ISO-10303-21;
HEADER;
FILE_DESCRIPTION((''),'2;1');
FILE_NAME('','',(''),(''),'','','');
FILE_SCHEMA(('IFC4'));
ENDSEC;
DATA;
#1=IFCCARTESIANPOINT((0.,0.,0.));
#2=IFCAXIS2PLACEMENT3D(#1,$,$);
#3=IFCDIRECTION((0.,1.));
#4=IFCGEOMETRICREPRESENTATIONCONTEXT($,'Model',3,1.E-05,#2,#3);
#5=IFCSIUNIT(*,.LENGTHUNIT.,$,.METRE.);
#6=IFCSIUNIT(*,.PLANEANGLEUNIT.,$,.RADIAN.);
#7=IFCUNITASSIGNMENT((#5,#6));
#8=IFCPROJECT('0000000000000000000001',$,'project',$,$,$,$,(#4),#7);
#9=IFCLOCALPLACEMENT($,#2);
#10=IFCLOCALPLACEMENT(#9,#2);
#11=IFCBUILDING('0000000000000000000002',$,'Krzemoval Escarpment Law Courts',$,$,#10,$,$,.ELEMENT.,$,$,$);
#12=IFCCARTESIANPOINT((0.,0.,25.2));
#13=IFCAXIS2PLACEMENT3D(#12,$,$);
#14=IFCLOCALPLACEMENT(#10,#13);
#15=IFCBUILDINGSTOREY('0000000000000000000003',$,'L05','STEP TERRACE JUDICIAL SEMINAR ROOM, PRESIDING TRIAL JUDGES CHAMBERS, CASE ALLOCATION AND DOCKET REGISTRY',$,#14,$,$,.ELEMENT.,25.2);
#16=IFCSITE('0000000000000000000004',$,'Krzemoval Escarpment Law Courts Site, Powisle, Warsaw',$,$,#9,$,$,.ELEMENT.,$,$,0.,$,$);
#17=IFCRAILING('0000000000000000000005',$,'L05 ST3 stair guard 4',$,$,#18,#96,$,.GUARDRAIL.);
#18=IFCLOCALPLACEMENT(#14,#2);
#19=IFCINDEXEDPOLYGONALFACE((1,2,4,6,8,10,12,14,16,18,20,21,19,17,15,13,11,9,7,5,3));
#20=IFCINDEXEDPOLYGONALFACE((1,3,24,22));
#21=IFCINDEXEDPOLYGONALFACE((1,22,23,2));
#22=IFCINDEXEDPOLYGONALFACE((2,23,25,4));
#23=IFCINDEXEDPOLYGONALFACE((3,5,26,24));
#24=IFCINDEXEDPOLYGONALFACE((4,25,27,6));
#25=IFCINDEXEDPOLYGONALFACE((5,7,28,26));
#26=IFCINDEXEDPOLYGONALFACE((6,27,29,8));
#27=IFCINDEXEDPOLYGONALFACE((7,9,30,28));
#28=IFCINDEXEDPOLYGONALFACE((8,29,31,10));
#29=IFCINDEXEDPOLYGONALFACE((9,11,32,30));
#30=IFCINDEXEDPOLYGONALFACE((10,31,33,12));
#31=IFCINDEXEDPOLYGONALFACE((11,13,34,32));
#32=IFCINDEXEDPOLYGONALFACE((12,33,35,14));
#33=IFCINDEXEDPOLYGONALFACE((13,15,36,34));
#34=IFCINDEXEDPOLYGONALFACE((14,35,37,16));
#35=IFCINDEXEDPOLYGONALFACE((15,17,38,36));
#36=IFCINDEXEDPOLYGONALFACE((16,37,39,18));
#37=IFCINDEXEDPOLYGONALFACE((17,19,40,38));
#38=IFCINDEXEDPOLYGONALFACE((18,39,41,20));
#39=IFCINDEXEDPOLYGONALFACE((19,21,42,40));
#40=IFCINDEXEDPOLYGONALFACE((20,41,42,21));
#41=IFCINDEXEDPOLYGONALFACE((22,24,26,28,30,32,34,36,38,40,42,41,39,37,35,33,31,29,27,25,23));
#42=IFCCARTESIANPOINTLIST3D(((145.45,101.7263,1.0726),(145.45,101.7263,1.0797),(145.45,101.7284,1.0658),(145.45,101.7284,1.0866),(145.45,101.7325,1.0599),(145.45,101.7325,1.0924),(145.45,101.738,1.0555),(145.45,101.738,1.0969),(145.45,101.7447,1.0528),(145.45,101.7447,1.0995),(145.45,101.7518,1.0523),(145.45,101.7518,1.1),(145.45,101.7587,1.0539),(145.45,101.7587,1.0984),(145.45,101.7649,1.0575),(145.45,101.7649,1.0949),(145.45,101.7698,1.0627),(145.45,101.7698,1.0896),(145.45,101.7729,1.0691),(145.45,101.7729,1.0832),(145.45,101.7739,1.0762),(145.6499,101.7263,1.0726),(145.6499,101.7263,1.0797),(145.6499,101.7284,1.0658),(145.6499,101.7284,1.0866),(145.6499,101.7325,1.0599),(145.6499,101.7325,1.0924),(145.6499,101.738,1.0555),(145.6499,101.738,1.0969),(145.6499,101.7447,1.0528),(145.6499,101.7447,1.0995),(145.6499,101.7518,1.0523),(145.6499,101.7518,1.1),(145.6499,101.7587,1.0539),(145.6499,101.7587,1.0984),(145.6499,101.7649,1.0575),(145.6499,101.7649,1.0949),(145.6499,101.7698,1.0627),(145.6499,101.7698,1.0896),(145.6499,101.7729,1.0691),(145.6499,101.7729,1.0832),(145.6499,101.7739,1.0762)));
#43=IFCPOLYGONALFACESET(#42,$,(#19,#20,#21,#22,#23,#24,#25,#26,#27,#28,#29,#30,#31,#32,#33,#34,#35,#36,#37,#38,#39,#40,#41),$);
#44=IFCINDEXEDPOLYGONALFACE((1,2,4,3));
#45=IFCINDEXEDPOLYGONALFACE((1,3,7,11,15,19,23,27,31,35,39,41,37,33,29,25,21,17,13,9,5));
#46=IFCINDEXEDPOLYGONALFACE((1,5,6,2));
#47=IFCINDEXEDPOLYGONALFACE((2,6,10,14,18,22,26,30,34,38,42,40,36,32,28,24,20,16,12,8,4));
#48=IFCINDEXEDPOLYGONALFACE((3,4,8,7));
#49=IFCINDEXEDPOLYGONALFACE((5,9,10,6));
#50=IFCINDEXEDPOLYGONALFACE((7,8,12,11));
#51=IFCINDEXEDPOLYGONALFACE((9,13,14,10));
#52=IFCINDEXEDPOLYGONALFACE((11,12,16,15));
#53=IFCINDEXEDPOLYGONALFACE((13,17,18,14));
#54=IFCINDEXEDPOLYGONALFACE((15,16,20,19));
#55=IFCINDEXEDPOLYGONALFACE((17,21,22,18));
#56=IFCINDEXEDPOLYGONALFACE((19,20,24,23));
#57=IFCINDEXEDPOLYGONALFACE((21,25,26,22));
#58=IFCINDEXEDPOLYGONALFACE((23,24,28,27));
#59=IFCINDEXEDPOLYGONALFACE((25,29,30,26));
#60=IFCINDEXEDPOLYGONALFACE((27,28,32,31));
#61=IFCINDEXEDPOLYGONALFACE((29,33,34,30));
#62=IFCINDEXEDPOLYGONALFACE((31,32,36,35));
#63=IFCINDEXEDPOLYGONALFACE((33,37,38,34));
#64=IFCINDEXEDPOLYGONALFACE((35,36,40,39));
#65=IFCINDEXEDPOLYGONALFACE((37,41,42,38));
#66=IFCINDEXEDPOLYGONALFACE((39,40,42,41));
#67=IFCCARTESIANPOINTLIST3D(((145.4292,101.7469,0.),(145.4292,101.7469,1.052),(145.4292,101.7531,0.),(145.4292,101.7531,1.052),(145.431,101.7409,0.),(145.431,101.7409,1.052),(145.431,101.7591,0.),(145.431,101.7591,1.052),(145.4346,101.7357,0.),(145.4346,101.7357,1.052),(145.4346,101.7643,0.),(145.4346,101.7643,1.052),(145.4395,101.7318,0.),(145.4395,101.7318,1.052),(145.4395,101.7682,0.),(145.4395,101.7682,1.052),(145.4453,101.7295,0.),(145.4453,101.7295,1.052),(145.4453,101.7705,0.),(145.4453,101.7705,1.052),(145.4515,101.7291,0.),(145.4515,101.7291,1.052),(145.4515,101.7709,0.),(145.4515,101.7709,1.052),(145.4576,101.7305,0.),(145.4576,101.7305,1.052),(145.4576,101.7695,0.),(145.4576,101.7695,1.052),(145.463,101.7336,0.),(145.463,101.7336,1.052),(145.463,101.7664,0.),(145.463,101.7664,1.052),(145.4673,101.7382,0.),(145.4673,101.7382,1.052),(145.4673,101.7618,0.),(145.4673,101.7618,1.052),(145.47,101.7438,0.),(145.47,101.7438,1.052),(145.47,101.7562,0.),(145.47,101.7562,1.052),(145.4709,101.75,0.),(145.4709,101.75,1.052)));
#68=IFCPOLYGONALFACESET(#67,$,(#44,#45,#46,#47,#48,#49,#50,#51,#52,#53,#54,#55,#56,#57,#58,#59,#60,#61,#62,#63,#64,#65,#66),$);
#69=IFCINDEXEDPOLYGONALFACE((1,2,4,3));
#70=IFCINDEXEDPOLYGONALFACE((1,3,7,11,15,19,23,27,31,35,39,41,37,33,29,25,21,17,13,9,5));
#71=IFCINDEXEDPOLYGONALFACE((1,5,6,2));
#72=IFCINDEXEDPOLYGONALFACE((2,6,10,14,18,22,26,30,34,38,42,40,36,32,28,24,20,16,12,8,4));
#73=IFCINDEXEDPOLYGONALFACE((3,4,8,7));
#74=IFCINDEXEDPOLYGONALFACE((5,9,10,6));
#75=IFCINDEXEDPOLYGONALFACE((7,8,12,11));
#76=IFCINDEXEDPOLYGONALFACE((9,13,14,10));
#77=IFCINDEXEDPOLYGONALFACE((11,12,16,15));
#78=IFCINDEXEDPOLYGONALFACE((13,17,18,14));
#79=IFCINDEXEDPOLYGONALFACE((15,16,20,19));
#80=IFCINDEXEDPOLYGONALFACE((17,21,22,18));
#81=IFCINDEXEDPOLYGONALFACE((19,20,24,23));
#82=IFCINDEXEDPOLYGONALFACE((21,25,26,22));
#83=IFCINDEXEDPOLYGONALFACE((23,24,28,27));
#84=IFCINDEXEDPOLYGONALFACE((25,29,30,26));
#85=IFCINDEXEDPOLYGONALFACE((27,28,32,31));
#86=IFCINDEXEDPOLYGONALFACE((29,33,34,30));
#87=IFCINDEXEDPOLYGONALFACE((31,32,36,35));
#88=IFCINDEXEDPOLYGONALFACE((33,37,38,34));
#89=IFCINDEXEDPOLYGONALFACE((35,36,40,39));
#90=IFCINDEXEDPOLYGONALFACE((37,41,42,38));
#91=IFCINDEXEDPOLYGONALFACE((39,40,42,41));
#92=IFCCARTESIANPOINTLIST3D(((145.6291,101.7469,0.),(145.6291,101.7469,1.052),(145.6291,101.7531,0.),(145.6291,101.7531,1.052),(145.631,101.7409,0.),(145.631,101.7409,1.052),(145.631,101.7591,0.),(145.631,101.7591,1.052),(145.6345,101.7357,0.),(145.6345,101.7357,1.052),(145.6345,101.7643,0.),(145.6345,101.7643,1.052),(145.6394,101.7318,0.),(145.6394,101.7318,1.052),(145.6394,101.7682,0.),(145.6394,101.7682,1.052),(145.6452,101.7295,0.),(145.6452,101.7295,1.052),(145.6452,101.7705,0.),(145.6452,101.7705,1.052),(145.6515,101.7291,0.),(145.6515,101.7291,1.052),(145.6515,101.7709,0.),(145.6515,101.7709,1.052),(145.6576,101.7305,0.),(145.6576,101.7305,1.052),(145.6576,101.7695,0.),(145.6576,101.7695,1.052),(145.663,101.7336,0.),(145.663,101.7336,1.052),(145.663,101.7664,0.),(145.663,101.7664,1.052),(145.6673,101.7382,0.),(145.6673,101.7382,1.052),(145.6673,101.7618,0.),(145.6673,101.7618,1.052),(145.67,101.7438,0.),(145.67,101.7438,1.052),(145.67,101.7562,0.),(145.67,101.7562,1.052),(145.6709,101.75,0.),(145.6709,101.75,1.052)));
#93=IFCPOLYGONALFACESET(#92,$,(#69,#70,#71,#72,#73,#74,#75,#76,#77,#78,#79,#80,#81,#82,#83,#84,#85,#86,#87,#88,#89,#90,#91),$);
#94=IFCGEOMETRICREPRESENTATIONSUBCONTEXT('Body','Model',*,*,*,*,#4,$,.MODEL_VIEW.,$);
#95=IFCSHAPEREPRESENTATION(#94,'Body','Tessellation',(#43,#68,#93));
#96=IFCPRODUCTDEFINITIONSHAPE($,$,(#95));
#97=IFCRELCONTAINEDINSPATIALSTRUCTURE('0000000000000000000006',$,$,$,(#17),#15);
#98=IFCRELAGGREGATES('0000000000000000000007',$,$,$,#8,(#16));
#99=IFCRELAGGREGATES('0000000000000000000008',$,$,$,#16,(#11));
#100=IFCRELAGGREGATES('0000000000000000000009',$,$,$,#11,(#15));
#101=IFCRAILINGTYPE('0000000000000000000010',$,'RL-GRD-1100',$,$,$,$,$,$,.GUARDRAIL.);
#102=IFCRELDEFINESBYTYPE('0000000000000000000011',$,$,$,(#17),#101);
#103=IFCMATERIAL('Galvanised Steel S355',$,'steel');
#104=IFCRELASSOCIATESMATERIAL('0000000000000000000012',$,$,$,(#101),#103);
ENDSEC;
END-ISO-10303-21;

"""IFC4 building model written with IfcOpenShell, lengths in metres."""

from ifc_helpers import new_model, si_unit, direction, frame, origin, origin_2d, place, context, subcontext, project, spatial, circle, extrude, material, type_object, element, save


model = new_model("IFC4")

# Units and contexts
model_context = context("Model", 3, precision=1e-05, world=origin(), true_north=direction((0.0, 1.0)))
body_context = subcontext(model_context, "Body", "Model", "MODEL_VIEW")
ifc_project = project(units=[si_unit("LENGTHUNIT", "METRE"), si_unit("PLANEANGLEUNIT", "RADIAN")], contexts=[model_context])

# Site, building, storey
site_placement = place(None, origin())
site = spatial("IfcSite", under=ifc_project, at=site_placement, Name="Krzemoval Escarpment Law Courts Site, Powisle, Warsaw", CompositionType="ELEMENT", RefElevation=0.0)
building_placement = place(site_placement, origin())
building = spatial("IfcBuilding", under=site, at=building_placement, Name="Krzemoval Escarpment Law Courts", CompositionType="ELEMENT")
storey_placement = place(building_placement, frame((0.0, 0.0, 25.2)))
storey = spatial("IfcBuildingStorey", under=building, at=storey_placement, Name="L05", Description="STEP TERRACE JUDICIAL SEMINAR ROOM, PRESIDING TRIAL JUDGES CHAMBERS, CASE ALLOCATION AND DOCKET REGISTRY", CompositionType="ELEMENT", Elevation=25.2)

# Railing
ifc_material_1 = material(Name="Galvanised Steel S355", Category="steel")
railing_type_1 = type_object("IfcRailingType", Name="RL-GRD-1100", PredefinedType="GUARDRAIL", material=ifc_material_1)
railing_1_placement = place(storey_placement, frame((145.45, 101.75, 0.0)))
element("IfcRailing", 1, at=railing_1_placement, inside=storey, type_object=railing_type_1, Name="L05 ST3 stair guard 4", PredefinedType="GUARDRAIL", context=body_context, shape_type="SweptSolid", body=[
    extrude(circle(Radius=0.0239, at=origin_2d()), frame((0.0, 0.0, 1.0762), z_axis=(1.0, 0.0, 0.0), x_axis=(0.0, 1.0, 0.0)), (0.0, 0.0, 1.0), 0.2),
    extrude(circle(Radius=0.021, at=origin_2d()), origin(), (0.0, 0.0, 1.0), 1.052),
    extrude(circle(Radius=0.021, at=origin_2d()), frame((0.2, 0.0, 0.0)), (0.0, 0.0, 1.0), 1.052),
])

save(model, "model.ifc")
